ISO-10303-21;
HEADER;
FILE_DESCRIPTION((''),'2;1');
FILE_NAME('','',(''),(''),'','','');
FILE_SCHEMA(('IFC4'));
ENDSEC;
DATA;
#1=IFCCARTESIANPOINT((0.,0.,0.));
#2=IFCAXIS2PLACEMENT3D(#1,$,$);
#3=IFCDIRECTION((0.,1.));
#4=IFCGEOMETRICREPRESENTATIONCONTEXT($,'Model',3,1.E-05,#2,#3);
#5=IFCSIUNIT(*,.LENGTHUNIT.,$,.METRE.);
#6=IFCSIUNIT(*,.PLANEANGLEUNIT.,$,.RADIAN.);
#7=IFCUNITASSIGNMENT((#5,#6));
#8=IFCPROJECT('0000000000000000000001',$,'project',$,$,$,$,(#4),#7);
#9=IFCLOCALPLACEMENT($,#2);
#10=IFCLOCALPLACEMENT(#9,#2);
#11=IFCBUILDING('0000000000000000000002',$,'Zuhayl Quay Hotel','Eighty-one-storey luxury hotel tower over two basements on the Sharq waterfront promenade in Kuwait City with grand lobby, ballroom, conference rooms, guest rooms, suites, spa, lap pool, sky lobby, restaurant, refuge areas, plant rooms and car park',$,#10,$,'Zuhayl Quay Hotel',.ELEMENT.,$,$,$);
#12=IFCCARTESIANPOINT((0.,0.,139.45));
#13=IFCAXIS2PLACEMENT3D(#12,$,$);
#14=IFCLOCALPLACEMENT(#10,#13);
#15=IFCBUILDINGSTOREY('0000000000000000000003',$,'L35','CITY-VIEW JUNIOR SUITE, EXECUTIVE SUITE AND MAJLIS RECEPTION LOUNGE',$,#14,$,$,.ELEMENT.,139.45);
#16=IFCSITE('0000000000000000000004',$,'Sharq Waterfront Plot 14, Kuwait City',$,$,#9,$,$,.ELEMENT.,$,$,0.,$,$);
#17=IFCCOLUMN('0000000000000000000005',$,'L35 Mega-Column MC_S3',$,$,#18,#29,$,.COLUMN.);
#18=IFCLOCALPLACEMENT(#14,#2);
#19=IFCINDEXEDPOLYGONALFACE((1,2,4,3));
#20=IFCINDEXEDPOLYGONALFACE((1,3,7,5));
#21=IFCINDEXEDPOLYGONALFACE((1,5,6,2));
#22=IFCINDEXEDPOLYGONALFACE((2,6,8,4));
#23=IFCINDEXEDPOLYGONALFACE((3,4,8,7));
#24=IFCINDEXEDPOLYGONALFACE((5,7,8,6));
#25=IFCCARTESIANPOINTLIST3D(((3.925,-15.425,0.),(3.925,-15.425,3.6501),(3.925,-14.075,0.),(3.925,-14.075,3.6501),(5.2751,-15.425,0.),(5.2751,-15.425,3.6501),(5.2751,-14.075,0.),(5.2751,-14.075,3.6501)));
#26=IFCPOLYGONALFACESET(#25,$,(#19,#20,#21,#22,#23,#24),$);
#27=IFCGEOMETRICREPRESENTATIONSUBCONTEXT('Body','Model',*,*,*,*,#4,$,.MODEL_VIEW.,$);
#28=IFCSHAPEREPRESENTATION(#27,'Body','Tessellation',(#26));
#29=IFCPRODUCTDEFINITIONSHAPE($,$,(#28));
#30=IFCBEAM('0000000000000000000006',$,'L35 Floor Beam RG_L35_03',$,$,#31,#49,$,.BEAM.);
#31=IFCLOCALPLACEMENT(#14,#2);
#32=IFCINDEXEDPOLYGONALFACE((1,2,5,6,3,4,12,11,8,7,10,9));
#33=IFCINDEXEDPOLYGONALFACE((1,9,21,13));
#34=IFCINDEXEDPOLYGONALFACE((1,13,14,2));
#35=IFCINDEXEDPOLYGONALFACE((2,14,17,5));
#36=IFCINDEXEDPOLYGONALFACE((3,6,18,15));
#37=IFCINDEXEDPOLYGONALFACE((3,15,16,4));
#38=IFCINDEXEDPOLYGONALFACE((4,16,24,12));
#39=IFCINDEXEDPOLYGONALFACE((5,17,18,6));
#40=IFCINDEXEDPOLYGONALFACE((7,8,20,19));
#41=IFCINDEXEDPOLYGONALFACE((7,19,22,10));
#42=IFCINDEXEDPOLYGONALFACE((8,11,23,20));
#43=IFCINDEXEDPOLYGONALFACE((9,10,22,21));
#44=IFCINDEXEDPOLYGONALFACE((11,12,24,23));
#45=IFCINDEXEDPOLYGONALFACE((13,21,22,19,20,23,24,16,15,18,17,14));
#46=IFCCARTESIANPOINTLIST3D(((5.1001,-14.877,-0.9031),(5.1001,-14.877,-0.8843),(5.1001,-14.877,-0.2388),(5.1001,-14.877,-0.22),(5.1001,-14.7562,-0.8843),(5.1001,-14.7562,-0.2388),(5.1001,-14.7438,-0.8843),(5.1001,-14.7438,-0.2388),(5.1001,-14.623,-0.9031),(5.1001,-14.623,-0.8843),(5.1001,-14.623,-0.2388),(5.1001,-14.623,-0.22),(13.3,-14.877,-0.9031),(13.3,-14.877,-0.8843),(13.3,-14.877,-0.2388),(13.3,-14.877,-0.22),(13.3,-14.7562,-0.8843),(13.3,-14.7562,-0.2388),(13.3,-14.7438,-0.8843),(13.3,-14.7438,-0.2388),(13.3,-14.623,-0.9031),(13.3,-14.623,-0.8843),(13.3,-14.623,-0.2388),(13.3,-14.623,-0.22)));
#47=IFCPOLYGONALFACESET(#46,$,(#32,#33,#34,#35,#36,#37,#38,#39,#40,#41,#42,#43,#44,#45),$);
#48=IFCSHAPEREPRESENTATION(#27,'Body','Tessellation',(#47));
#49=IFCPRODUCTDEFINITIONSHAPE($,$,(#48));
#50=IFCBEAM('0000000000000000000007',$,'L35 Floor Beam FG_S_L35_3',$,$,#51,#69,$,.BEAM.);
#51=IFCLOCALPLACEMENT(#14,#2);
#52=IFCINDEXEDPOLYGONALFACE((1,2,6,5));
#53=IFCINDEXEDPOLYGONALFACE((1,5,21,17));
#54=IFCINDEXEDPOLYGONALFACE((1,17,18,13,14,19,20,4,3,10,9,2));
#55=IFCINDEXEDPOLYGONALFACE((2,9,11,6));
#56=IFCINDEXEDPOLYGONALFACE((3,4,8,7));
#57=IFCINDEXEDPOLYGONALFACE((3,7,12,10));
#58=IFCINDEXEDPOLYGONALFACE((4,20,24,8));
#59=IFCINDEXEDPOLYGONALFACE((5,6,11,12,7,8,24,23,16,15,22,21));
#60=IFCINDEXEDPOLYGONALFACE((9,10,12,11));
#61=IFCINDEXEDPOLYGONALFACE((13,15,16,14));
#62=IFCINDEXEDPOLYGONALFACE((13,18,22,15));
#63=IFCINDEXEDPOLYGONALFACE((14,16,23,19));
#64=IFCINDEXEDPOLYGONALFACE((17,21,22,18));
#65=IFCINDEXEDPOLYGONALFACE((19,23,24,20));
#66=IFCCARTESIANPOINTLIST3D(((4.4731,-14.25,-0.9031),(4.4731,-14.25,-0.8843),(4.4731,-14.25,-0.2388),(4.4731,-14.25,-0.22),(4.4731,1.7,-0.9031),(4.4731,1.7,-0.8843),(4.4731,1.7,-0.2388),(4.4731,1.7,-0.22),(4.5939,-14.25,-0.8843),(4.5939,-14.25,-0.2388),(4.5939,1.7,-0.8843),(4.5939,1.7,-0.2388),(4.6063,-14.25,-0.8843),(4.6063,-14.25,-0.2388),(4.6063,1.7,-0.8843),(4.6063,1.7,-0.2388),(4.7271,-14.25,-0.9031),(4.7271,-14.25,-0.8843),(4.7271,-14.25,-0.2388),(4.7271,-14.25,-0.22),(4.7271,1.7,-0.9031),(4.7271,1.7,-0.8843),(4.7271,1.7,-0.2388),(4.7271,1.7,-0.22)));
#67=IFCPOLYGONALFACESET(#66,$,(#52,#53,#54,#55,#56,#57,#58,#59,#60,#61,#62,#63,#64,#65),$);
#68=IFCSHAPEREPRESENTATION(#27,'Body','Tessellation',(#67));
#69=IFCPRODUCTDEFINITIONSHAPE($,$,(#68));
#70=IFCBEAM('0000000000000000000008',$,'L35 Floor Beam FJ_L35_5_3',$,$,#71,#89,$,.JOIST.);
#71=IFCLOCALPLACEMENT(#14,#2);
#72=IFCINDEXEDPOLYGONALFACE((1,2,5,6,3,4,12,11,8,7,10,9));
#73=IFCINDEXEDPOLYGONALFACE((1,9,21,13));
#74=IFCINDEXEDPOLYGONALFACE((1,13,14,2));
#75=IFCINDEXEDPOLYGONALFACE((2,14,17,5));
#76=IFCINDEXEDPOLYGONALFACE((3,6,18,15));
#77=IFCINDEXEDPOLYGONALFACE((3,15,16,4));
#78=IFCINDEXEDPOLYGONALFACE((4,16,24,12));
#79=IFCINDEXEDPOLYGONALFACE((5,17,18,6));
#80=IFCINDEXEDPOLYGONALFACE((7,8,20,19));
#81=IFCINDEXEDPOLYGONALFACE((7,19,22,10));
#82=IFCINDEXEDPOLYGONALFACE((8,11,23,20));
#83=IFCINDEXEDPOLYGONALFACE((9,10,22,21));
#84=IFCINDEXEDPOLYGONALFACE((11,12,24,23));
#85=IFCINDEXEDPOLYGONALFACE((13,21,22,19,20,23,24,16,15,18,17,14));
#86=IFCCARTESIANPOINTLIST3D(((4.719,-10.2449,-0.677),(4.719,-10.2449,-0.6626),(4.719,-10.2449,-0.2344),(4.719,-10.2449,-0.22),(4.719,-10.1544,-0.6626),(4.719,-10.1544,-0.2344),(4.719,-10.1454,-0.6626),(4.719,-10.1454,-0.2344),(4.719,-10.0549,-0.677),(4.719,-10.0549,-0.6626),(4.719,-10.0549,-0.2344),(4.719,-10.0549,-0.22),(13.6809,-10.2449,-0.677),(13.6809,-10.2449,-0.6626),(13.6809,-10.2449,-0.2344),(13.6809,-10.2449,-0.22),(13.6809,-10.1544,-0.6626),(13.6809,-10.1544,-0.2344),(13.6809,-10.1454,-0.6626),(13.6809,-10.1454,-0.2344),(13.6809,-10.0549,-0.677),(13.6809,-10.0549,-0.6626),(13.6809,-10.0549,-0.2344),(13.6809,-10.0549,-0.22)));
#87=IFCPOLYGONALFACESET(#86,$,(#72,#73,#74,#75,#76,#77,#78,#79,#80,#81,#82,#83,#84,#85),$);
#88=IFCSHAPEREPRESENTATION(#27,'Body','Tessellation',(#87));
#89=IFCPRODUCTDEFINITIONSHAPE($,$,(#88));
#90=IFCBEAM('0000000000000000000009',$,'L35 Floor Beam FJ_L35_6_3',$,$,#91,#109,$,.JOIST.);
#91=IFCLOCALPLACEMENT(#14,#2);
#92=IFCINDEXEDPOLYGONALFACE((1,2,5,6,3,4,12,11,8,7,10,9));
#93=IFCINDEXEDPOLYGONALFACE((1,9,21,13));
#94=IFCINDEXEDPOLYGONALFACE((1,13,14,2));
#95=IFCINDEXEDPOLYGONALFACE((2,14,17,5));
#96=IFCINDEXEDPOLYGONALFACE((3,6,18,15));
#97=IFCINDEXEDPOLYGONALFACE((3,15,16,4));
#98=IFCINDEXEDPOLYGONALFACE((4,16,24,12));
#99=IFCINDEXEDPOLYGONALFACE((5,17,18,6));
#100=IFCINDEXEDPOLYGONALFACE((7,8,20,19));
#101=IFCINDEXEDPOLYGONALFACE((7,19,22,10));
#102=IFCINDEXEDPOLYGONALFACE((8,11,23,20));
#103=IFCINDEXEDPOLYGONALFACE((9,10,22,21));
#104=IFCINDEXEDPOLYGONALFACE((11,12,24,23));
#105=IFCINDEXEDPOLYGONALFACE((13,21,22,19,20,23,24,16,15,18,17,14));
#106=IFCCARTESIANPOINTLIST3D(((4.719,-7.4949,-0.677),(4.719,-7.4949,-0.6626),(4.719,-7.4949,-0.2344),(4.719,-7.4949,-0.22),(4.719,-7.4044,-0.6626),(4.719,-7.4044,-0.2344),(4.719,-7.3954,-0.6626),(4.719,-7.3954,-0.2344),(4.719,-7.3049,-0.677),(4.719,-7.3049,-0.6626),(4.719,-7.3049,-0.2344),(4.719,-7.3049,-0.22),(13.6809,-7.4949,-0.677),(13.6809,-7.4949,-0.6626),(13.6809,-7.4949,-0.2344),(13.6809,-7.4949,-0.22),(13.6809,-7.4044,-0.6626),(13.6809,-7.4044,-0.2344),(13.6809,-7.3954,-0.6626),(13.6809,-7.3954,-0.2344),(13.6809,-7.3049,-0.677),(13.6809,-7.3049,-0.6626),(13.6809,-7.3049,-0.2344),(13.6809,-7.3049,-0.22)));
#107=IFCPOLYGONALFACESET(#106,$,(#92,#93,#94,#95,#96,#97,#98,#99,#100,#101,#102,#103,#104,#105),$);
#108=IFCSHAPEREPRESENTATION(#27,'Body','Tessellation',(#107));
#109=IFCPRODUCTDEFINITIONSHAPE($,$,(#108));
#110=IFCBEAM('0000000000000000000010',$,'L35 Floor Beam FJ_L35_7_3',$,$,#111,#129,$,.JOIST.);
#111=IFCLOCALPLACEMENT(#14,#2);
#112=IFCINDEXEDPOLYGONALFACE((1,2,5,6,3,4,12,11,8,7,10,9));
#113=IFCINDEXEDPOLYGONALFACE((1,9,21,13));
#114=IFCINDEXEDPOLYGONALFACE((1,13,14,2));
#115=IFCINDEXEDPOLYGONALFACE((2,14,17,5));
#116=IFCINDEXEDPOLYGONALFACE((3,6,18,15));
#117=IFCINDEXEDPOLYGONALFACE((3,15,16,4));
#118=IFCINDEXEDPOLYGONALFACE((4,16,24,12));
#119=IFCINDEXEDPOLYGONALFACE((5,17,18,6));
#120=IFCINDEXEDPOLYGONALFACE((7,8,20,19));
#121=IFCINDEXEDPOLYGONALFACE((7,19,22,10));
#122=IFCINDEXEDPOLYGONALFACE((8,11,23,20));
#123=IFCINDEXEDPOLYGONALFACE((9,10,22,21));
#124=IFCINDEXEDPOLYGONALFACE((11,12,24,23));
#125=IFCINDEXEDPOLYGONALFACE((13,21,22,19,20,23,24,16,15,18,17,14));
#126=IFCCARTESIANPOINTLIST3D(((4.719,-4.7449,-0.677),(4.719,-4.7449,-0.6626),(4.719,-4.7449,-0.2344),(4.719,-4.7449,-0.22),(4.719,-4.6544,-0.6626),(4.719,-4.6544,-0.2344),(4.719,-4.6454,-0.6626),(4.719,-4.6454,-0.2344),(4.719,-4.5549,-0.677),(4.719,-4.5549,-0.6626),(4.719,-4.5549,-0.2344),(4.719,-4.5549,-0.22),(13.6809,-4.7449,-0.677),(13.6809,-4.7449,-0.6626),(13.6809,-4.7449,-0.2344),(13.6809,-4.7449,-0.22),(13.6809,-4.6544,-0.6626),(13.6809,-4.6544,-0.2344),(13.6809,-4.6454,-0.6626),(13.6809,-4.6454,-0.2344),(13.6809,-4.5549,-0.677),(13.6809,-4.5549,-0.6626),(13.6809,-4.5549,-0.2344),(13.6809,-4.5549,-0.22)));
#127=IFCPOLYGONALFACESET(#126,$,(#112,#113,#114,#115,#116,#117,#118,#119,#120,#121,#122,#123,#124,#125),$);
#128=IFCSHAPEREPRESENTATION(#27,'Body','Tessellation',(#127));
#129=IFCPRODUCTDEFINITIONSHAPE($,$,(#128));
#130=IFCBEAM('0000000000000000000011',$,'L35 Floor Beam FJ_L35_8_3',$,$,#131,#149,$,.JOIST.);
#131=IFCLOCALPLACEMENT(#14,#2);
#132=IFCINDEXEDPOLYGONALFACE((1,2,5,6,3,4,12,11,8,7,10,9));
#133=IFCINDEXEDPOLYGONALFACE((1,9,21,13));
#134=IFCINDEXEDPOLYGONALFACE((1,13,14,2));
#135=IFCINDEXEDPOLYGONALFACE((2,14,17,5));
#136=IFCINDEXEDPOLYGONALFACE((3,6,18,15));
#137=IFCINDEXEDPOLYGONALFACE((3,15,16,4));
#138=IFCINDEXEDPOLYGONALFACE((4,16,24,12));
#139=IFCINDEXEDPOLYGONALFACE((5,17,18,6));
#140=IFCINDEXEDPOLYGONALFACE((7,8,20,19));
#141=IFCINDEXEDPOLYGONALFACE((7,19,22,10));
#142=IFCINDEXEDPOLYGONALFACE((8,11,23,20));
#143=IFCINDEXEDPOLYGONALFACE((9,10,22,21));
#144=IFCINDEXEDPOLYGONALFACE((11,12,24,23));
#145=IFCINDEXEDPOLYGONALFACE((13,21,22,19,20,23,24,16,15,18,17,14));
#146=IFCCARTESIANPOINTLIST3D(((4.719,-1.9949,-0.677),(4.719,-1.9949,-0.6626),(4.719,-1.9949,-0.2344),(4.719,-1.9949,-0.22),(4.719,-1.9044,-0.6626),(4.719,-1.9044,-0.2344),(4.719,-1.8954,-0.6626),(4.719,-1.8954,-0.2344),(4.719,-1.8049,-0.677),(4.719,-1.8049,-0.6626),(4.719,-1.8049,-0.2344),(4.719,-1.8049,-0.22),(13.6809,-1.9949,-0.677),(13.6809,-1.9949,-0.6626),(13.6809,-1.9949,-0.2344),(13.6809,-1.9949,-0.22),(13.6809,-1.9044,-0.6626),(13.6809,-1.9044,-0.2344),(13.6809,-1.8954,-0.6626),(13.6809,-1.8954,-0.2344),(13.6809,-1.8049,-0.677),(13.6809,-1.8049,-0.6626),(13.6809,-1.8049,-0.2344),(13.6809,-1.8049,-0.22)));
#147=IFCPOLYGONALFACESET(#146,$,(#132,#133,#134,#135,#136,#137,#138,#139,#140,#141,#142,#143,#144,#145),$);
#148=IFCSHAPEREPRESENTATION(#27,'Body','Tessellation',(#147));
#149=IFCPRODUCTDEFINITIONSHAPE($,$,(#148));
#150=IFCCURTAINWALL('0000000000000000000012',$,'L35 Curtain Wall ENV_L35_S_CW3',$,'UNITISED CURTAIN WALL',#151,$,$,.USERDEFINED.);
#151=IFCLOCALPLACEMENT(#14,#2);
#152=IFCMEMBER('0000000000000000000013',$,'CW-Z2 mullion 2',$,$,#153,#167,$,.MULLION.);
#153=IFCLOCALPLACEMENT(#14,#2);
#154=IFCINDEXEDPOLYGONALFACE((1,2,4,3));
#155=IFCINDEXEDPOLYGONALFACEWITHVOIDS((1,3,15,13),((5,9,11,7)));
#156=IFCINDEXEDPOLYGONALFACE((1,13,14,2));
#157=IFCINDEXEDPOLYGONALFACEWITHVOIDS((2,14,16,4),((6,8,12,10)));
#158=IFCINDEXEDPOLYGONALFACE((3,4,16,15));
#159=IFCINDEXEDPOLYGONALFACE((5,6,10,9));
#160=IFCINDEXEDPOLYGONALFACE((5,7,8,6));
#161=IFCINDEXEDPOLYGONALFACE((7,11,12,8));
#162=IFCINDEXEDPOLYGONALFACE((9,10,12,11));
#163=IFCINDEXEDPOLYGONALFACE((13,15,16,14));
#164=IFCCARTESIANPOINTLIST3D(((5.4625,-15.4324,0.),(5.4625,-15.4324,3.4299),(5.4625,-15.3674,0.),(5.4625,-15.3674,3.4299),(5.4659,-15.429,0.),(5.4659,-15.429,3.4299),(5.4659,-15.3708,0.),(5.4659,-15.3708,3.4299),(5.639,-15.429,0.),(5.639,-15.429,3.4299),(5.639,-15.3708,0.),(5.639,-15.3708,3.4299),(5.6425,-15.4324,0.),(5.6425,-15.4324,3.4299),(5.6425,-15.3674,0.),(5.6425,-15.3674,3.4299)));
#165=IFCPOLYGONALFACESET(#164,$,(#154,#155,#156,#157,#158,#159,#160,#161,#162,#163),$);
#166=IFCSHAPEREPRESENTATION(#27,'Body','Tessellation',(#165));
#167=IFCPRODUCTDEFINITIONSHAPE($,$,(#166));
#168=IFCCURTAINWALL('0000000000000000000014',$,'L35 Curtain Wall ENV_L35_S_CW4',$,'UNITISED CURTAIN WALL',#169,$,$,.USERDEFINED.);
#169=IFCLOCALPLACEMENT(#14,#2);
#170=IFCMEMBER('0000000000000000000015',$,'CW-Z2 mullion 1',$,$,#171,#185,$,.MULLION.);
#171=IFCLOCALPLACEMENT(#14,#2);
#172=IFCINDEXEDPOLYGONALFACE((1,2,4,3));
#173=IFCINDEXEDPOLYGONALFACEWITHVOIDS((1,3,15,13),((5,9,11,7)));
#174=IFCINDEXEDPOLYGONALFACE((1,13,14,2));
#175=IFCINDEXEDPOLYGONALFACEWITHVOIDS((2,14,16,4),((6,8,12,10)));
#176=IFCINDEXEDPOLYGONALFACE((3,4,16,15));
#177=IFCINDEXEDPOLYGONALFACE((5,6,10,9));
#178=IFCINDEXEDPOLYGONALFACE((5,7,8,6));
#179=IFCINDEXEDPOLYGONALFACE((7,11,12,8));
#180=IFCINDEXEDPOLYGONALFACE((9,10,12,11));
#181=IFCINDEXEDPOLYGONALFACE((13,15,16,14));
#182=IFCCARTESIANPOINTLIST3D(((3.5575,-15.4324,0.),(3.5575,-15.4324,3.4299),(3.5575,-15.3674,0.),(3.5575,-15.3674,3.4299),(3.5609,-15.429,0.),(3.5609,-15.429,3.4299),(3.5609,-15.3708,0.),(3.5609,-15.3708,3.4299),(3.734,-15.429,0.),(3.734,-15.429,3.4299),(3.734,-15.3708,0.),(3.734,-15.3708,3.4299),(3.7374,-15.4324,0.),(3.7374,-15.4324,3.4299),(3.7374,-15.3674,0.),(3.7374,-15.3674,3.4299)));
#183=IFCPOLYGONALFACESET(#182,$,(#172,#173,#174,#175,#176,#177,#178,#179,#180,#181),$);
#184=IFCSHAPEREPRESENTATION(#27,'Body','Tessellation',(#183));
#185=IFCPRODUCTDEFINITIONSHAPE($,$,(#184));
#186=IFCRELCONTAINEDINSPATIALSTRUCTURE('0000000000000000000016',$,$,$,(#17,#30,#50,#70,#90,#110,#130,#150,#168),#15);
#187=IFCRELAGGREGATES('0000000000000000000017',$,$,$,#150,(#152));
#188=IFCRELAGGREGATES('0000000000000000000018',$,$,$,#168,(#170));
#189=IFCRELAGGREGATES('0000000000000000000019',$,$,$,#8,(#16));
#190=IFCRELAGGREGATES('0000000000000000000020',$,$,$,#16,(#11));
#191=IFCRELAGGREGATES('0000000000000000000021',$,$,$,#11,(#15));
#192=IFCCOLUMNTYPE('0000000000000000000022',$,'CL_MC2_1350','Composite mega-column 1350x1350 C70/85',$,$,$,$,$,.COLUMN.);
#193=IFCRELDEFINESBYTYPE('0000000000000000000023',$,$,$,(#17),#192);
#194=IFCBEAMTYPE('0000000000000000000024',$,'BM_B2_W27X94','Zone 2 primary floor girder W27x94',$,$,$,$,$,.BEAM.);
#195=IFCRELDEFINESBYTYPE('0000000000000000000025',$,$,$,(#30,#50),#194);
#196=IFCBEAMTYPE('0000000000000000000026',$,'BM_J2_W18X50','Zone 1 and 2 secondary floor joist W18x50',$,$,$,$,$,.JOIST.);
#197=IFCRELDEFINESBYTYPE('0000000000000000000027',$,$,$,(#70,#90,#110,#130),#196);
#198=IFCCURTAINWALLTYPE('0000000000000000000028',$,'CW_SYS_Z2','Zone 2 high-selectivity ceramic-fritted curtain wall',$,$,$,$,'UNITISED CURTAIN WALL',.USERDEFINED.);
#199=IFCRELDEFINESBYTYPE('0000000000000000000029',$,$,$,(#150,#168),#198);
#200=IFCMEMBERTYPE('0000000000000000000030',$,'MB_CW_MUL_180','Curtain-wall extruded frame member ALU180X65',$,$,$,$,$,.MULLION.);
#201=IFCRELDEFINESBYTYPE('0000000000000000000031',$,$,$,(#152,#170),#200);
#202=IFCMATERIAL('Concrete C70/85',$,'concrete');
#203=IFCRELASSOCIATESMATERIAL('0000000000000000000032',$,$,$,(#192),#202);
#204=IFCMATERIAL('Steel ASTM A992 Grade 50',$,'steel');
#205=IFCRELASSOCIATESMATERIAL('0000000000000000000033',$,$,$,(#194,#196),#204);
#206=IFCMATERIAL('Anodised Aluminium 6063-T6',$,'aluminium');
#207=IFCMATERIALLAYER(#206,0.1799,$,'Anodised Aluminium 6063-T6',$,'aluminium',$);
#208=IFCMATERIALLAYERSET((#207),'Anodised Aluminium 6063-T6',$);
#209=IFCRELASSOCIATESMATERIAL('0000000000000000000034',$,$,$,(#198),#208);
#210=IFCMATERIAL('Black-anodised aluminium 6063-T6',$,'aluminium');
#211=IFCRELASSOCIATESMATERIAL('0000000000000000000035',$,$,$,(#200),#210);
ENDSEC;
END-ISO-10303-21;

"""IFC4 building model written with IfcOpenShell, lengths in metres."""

from ifc_helpers import new_model, si_unit, direction, frame, origin, origin_2d, place, context, subcontext, project, spatial, rectangle, hollow_rectangle, i_section, extrude, material, layer, layer_set, material_profile, profile_set, type_object, element, aggregate, save


model = new_model("IFC4")

# Units and contexts
model_context = context("Model", 3, precision=1e-05, world=origin(), true_north=direction((0.0, 1.0)))
body_context = subcontext(model_context, "Body", "Model", "MODEL_VIEW")
ifc_project = project(units=[si_unit("LENGTHUNIT", "METRE"), si_unit("PLANEANGLEUNIT", "RADIAN")], contexts=[model_context])

# Site, building, storey
site_placement = place(None, origin())
site = spatial("IfcSite", under=ifc_project, at=site_placement, Name="Sharq Waterfront Plot 14, Kuwait City", CompositionType="ELEMENT", RefElevation=0.0)
building_placement = place(site_placement, origin())
building = spatial("IfcBuilding", under=site, at=building_placement, Name="Zuhayl Quay Hotel", Description="Eighty-one-storey luxury hotel tower over two basements on the Sharq waterfront promenade in Kuwait City with grand lobby, ballroom, conference rooms, guest rooms, suites, spa, lap pool, sky lobby, restaurant, refuge areas, plant rooms and car park", LongName="Zuhayl Quay Hotel", CompositionType="ELEMENT")
storey_placement = place(building_placement, frame((0.0, 0.0, 139.45)))
storey = spatial("IfcBuildingStorey", under=building, at=storey_placement, Name="L35", Description="CITY-VIEW JUNIOR SUITE, EXECUTIVE SUITE AND MAJLIS RECEPTION LOUNGE", CompositionType="ELEMENT", Elevation=139.45)

# Column
ifc_material_1 = material(Name="Concrete C70/85", Category="concrete")
ifc_material_profile_1 = material_profile(ifc_material_1, rectangle(XDim=1.3501, YDim=1.3501, at=origin_2d()), Name="RC1350X1350")
ifc_profile_set_1 = profile_set([ifc_material_profile_1], Name="Concrete C70/85")
column_type = type_object("IfcColumnType", Name="CL_MC2_1350", Description="Composite mega-column 1350x1350 C70/85", PredefinedType="COLUMN", material=ifc_profile_set_1)
column_placement = place(storey_placement, frame((4.6001, -14.75, 0.0), z_axis=(0.0, 0.0, 1.0), x_axis=(1.0, 0.0, 0.0)))
element("IfcColumn", 1, at=column_placement, inside=storey, type_object=column_type, Name="L35 Mega-Column MC_S3", PredefinedType="COLUMN", context=body_context, shape_type="SweptSolid", body=[
    extrude(rectangle(XDim=1.3501, YDim=1.3501, at=origin_2d()), origin(), (0.0, 0.0, 1.0), 3.6501),
])

# Beams
ifc_material_2 = material(Name="Steel ASTM A992 Grade 50", Category="steel")
ifc_material_profile_2 = material_profile(ifc_material_2, i_section(OverallWidth=0.2539, OverallDepth=0.6831, WebThickness=0.0125, FlangeThickness=0.0188, at=origin_2d()), Name="W27X94")
ifc_profile_set_2 = profile_set([ifc_material_profile_2], Name="Steel ASTM A992 Grade 50")
beam_type_1 = type_object("IfcBeamType", Name="BM_B2_W27X94", Description="Zone 2 primary floor girder W27x94", PredefinedType="BEAM", material=ifc_profile_set_2)
beam_1_placement = place(storey_placement, frame((5.1001, -14.75, -0.5615), z_axis=(1.0, 0.0, 0.0), x_axis=(0.0, 1.0, 0.0)))
element("IfcBeam", 2, at=beam_1_placement, inside=storey, type_object=beam_type_1, Name="L35 Floor Beam RG_L35_03", PredefinedType="BEAM", context=body_context, shape_type="SweptSolid", body=[
    extrude(i_section(OverallWidth=0.2539, OverallDepth=0.6831, WebThickness=0.0125, FlangeThickness=0.0188, at=origin_2d()), origin(), (0.0, 0.0, 1.0), 8.2),
])
beam_2_placement = place(storey_placement, frame((4.6001, -14.25, -0.5615), z_axis=(0.0, 1.0, 0.0), x_axis=(-1.0, 0.0, 0.0)))
element("IfcBeam", 3, at=beam_2_placement, inside=storey, type_object=beam_type_1, Name="L35 Floor Beam FG_S_L35_3", PredefinedType="BEAM", context=body_context, shape_type="SweptSolid", body=[
    extrude(i_section(OverallWidth=0.2539, OverallDepth=0.6831, WebThickness=0.0125, FlangeThickness=0.0188, at=origin_2d()), origin(), (0.0, 0.0, 1.0), 15.95),
])
ifc_material_profile_3 = material_profile(ifc_material_2, i_section(OverallWidth=0.1899, OverallDepth=0.457, WebThickness=0.009, FlangeThickness=0.0144, at=origin_2d()), Name="W18X50")
ifc_profile_set_3 = profile_set([ifc_material_profile_3], Name="Steel ASTM A992 Grade 50")
beam_type_2 = type_object("IfcBeamType", Name="BM_J2_W18X50", Description="Zone 1 and 2 secondary floor joist W18x50", PredefinedType="JOIST", material=ifc_profile_set_3)
for number, where, z_axis, x_axis, name in (
    (4, (4.719, -10.1499, -0.4485), (1.0, 0.0, 0.0), (0.0, 1.0, 0.0), "L35 Floor Beam FJ_L35_5_3"),
    (5, (4.719, -7.3999, -0.4485), (1.0, 0.0, 0.0), (0.0, 1.0, 0.0), "L35 Floor Beam FJ_L35_6_3"),
    (6, (4.719, -4.6499, -0.4485), (1.0, 0.0, 0.0), (0.0, 1.0, 0.0), "L35 Floor Beam FJ_L35_7_3"),
    (7, (4.719, -1.8999, -0.4485), (1.0, 0.0, 0.0), (0.0, 1.0, 0.0), "L35 Floor Beam FJ_L35_8_3"),
):
    element("IfcBeam", number, at=place(storey_placement, frame(where, z_axis=z_axis, x_axis=x_axis)), inside=storey, type_object=beam_type_2, Name=name, PredefinedType="JOIST", context=body_context, shape_type="SweptSolid", body=[
        extrude(i_section(OverallWidth=0.1899, OverallDepth=0.457, WebThickness=0.009, FlangeThickness=0.0144, at=origin_2d()), origin(), (0.0, 0.0, 1.0), 8.9619),
    ])

# Curtain wall, member
ifc_material_3 = material(Name="Anodised Aluminium 6063-T6", Category="aluminium")
ifc_layer_1 = layer(ifc_material_3, 0.1799, Name="Anodised Aluminium 6063-T6", Category="aluminium")
ifc_layer_set_1 = layer_set([ifc_layer_1], Name="Anodised Aluminium 6063-T6")
curtain_wall_type = type_object("IfcCurtainWallType", Name="CW_SYS_Z2", Description="Zone 2 high-selectivity ceramic-fritted curtain wall", ElementType="UNITISED CURTAIN WALL", PredefinedType="USERDEFINED", material=ifc_layer_set_1)
curtain_wall_1_placement = place(storey_placement, origin())
curtain_wall_1 = element("IfcCurtainWall", 8, at=curtain_wall_1_placement, inside=storey, type_object=curtain_wall_type, Name="L35 Curtain Wall ENV_L35_S_CW3", ObjectType="UNITISED CURTAIN WALL", PredefinedType="USERDEFINED")
ifc_material_4 = material(Name="Black-anodised aluminium 6063-T6", Category="aluminium")
ifc_material_profile_4 = material_profile(ifc_material_4, hollow_rectangle(XDim=0.0649, YDim=0.1799, WallThickness=0.0034, at=origin_2d()), Name="ALU180X65")
ifc_profile_set_4 = profile_set([ifc_material_profile_4], Name="Black-anodised aluminium 6063-T6")
member_type_1 = type_object("IfcMemberType", Name="MB_CW_MUL_180", Description="Curtain-wall extruded frame member ALU180X65", PredefinedType="MULLION", material=ifc_profile_set_4)
member_1_placement = place(storey_placement, frame((5.5525, -15.3999, 0.0), z_axis=(0.0, 0.0, 1.0), x_axis=(0.0, -1.0, 0.0)))
member_1 = element("IfcMember", 9, at=member_1_placement, type_object=member_type_1, Name="CW-Z2 mullion 2", PredefinedType="MULLION", context=body_context, shape_type="SweptSolid", body=[
    extrude(hollow_rectangle(XDim=0.0649, YDim=0.1799, WallThickness=0.0034, at=origin_2d()), origin(), (0.0, 0.0, 1.0), 3.4299),
])

# Curtain wall, member
curtain_wall_2_placement = place(storey_placement, origin())
curtain_wall_2 = element("IfcCurtainWall", 10, at=curtain_wall_2_placement, inside=storey, type_object=curtain_wall_type, Name="L35 Curtain Wall ENV_L35_S_CW4", ObjectType="UNITISED CURTAIN WALL", PredefinedType="USERDEFINED")
member_2_placement = place(storey_placement, frame((3.6475, -15.3999, 0.0), z_axis=(0.0, 0.0, 1.0), x_axis=(0.0, -1.0, 0.0)))
member_2 = element("IfcMember", 11, at=member_2_placement, type_object=member_type_1, Name="CW-Z2 mullion 1", PredefinedType="MULLION", context=body_context, shape_type="SweptSolid", body=[
    extrude(hollow_rectangle(XDim=0.0649, YDim=0.1799, WallThickness=0.0034, at=origin_2d()), origin(), (0.0, 0.0, 1.0), 3.4299),
])

aggregate(curtain_wall_1, [member_1])
aggregate(curtain_wall_2, [member_2])

save(model, "model.ifc")
